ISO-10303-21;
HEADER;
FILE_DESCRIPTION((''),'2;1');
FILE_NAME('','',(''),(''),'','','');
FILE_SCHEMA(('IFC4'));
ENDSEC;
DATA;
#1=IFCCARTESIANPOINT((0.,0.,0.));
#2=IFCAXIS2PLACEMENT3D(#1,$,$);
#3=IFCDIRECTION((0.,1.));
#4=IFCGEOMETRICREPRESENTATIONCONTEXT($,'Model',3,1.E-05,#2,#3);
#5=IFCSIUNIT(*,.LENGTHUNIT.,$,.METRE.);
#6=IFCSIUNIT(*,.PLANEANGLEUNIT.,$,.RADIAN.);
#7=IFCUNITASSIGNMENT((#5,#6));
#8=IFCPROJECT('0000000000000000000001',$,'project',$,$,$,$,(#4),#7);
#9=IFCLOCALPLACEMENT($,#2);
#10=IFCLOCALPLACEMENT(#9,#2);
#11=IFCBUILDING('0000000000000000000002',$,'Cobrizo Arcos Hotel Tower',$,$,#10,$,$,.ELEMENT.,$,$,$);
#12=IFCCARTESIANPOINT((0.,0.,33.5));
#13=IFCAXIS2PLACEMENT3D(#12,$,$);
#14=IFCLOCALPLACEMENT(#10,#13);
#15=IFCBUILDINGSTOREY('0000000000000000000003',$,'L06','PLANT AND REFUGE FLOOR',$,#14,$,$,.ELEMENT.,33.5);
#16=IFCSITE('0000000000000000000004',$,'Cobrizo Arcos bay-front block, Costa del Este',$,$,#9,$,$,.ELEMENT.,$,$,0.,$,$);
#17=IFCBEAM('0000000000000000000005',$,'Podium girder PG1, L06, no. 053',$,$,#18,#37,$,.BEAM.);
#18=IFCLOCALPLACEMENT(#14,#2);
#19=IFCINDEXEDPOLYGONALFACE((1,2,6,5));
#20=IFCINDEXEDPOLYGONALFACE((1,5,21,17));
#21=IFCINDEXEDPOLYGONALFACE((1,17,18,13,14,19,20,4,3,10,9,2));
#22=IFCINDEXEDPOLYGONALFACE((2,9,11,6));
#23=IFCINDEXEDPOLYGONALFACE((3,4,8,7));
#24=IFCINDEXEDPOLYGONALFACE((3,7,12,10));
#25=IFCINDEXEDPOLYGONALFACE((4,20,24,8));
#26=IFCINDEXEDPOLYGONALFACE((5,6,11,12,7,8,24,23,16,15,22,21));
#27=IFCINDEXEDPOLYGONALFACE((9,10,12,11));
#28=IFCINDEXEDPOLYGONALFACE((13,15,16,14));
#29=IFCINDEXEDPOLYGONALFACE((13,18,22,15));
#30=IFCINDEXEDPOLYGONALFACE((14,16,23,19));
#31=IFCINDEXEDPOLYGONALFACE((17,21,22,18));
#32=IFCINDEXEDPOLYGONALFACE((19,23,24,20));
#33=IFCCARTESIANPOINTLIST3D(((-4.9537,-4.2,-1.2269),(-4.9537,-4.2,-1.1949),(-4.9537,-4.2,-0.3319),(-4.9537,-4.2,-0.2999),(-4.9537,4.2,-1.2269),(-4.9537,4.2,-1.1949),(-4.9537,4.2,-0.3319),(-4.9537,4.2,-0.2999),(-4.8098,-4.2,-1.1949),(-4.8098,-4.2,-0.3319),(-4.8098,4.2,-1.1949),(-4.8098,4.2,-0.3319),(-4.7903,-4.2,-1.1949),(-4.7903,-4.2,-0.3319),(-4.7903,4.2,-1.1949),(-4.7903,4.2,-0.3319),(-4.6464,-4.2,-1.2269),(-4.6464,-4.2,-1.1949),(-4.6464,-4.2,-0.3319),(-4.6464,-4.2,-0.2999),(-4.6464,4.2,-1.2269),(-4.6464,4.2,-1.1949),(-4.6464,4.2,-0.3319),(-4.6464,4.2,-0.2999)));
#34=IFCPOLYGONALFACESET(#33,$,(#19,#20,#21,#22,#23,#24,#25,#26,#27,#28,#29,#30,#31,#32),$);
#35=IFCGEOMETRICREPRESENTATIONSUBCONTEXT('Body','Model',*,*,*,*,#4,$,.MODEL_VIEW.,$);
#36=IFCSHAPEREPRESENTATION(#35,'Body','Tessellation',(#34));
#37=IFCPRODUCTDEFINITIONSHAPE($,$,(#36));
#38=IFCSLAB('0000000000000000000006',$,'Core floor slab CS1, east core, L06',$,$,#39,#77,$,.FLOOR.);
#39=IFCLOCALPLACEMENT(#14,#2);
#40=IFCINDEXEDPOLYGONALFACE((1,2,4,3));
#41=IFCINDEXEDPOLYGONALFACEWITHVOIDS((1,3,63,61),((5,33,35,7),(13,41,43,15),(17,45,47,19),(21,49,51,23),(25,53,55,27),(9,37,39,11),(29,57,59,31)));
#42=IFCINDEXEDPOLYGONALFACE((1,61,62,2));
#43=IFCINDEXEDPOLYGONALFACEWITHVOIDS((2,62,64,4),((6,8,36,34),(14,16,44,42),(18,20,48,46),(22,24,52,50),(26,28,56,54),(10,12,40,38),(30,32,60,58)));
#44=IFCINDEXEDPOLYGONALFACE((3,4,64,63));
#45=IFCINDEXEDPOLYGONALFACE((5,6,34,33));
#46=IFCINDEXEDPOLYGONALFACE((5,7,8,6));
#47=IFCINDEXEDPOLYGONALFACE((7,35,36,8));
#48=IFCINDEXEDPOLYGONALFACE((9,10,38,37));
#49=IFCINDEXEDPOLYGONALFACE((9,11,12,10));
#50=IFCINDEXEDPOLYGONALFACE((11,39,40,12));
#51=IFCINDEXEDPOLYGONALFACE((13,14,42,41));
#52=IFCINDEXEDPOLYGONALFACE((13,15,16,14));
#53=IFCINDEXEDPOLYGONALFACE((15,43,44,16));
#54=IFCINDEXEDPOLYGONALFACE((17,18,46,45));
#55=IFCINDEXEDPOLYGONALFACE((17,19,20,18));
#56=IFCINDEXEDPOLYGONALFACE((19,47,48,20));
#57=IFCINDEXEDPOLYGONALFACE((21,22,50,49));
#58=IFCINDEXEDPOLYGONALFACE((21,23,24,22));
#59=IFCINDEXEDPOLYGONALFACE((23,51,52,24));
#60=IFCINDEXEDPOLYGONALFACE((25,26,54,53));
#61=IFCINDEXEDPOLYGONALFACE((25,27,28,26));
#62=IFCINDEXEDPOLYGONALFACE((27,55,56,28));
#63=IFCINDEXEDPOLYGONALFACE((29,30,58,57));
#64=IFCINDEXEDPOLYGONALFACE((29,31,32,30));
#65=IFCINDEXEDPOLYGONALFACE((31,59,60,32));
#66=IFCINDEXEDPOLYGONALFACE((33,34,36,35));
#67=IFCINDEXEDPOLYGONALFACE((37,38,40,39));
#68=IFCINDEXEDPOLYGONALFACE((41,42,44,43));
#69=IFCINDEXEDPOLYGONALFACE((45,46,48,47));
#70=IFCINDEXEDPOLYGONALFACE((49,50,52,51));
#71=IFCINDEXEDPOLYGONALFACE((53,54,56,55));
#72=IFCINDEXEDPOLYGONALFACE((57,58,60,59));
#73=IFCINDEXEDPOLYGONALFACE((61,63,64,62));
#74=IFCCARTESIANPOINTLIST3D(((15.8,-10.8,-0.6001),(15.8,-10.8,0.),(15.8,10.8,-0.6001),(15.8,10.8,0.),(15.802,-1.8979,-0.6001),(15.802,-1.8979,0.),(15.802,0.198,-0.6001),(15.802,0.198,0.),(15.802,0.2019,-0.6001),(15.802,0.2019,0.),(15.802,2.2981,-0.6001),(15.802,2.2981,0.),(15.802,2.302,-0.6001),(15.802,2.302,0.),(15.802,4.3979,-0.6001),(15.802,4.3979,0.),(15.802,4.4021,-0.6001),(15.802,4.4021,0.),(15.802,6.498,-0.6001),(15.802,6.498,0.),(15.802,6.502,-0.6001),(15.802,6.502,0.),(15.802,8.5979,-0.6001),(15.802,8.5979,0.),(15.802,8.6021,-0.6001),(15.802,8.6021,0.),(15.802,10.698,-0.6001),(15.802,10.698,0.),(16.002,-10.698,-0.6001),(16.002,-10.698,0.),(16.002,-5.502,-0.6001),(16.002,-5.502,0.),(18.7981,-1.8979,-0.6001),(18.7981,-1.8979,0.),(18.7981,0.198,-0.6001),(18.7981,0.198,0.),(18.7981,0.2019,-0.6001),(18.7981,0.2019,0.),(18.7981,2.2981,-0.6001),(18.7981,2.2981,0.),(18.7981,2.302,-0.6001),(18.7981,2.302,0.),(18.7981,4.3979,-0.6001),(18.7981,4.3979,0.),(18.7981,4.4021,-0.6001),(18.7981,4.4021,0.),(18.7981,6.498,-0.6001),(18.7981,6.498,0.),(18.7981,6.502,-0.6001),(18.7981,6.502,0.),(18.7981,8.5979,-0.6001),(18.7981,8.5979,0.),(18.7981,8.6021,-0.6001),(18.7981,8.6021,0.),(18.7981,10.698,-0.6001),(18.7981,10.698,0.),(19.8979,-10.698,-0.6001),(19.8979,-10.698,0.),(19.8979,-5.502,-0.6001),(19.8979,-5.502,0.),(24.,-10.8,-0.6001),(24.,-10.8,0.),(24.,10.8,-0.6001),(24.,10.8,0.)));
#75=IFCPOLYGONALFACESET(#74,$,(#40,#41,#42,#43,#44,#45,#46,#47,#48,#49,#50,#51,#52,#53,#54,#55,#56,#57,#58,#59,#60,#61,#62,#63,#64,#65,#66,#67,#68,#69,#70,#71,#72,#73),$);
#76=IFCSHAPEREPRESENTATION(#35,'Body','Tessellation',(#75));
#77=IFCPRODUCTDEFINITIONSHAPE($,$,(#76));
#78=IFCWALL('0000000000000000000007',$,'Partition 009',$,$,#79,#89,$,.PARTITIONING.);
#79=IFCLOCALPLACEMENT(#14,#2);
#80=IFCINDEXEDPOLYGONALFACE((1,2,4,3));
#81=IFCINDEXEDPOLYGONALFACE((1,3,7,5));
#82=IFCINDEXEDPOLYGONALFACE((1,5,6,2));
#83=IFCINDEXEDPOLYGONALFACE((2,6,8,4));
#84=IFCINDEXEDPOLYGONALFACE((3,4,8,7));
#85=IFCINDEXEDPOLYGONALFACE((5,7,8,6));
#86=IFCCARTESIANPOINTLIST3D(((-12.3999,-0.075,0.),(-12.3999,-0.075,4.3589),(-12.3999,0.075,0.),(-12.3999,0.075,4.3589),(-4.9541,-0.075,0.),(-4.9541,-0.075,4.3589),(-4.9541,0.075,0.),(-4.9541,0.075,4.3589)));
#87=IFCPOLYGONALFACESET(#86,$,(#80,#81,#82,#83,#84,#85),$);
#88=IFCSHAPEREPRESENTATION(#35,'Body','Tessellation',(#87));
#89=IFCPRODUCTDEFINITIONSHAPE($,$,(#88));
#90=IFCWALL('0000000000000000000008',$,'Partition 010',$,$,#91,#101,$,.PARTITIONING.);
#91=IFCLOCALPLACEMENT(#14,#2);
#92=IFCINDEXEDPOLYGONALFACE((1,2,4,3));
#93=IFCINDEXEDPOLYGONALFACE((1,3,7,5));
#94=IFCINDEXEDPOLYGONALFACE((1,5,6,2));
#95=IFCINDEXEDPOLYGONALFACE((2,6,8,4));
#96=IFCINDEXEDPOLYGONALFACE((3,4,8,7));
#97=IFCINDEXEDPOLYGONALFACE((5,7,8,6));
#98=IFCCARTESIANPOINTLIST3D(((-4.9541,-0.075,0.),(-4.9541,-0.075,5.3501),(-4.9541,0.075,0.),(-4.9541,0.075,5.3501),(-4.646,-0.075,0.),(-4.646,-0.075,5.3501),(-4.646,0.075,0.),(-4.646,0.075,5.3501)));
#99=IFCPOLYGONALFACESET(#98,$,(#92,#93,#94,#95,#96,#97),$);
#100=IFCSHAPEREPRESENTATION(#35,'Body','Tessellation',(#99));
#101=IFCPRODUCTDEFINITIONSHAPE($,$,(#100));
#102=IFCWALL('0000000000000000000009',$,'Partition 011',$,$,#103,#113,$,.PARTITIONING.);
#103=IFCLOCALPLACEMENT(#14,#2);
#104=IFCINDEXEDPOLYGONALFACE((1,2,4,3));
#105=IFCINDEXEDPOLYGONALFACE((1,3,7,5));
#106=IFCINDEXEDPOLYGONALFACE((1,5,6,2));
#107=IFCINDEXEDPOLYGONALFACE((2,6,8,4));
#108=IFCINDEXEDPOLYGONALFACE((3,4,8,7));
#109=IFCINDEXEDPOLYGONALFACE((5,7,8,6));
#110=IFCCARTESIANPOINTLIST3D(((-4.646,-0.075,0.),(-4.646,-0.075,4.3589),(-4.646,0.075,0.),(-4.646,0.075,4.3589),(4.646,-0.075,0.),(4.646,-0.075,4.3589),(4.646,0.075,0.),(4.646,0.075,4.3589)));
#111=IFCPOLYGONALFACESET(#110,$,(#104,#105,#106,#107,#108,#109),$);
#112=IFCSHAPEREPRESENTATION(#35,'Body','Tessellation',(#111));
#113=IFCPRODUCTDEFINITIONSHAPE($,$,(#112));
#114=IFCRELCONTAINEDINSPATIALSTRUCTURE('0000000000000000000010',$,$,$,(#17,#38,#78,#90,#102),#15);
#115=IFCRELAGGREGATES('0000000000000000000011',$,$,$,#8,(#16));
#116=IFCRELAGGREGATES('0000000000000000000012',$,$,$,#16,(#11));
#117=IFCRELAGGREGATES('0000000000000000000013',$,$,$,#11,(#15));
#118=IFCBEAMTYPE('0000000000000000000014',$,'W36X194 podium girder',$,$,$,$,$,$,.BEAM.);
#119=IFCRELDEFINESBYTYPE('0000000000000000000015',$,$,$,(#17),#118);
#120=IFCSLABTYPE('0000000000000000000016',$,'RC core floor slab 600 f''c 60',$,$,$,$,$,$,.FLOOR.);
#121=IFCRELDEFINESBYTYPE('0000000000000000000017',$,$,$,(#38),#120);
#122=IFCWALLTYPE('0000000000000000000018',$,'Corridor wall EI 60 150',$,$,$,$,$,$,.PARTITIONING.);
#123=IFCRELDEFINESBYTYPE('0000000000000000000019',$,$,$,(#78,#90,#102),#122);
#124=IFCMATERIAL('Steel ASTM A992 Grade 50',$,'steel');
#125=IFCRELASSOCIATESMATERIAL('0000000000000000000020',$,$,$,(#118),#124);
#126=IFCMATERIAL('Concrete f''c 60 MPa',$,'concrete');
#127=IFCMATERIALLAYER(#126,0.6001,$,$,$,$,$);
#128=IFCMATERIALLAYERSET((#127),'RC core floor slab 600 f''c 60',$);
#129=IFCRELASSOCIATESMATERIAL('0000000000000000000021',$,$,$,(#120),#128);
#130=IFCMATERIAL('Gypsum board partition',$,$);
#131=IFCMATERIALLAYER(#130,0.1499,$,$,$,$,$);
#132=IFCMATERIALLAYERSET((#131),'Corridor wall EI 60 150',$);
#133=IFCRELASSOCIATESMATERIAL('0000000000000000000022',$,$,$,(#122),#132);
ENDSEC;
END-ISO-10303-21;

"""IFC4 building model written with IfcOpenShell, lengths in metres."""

from ifc_helpers import new_model, si_unit, direction, frame, frame_2d, origin, origin_2d, place, context, subcontext, project, spatial, polyline, rectangle, i_section, outline, extrude, material, layer, layer_set, material_profile, profile_set, type_object, element, save


model = new_model("IFC4")

# Units and contexts
model_context = context("Model", 3, precision=1e-05, world=origin(), true_north=direction((0.0, 1.0)))
body_context = subcontext(model_context, "Body", "Model", "MODEL_VIEW")
ifc_project = project(units=[si_unit("LENGTHUNIT", "METRE"), si_unit("PLANEANGLEUNIT", "RADIAN")], contexts=[model_context])

# Site, building, storey
site_placement = place(None, origin())
site = spatial("IfcSite", under=ifc_project, at=site_placement, Name="Cobrizo Arcos bay-front block, Costa del Este", CompositionType="ELEMENT", RefElevation=0.0)
building_placement = place(site_placement, origin())
building = spatial("IfcBuilding", under=site, at=building_placement, Name="Cobrizo Arcos Hotel Tower", CompositionType="ELEMENT")
storey_placement = place(building_placement, frame((0.0, 0.0, 33.5)))
storey = spatial("IfcBuildingStorey", under=building, at=storey_placement, Name="L06", Description="PLANT AND REFUGE FLOOR", CompositionType="ELEMENT", Elevation=33.5)

# Beam
ifc_material_1 = material(Name="Steel ASTM A992 Grade 50", Category="steel")
ifc_material_profile_1 = material_profile(ifc_material_1, i_section(OverallWidth=0.3074, OverallDepth=0.927, WebThickness=0.0195, FlangeThickness=0.032, at=origin_2d()), Name="W36X194")
ifc_profile_set_1 = profile_set([ifc_material_profile_1], Name="Steel ASTM A992 Grade 50")
beam_type_1 = type_object("IfcBeamType", Name="W36X194 podium girder", PredefinedType="BEAM", material=ifc_profile_set_1)
beam_1_placement = place(storey_placement, frame((-4.8, -4.2, -0.7634), z_axis=(0.0, 1.0, 0.0), x_axis=(-1.0, 0.0, 0.0)))
element("IfcBeam", 1, at=beam_1_placement, inside=storey, type_object=beam_type_1, Name="Podium girder PG1, L06, no. 053", PredefinedType="BEAM", context=body_context, shape_type="SweptSolid", body=[
    extrude(i_section(OverallWidth=0.3074, OverallDepth=0.927, WebThickness=0.0195, FlangeThickness=0.032, at=origin_2d()), origin(), (0.0, 0.0, 1.0), 8.3999),
])

# Slab
ifc_material_2 = material(Name="Concrete f'c 60 MPa", Category="concrete")
ifc_layer_1 = layer(ifc_material_2, 0.6001)
ifc_layer_set_1 = layer_set([ifc_layer_1], Name="RC core floor slab 600 f'c 60")
slab_type = type_object("IfcSlabType", Name="RC core floor slab 600 f'c 60", PredefinedType="FLOOR", material=ifc_layer_set_1)
slab_placement = place(storey_placement, frame((0.0, 0.0, -0.6001)))
element("IfcSlab", 2, at=slab_placement, inside=storey, type_object=slab_type, Name="Core floor slab CS1, east core, L06", PredefinedType="FLOOR", context=body_context, shape_type="SweptSolid", body=[
    extrude(outline(polyline([(15.8, 10.8), (24.0, 10.8), (24.0, -10.8), (15.8, -10.8), (15.8, 10.8)]), holes=[polyline([(19.8979, -10.698), (19.8979, -5.502), (16.002, -5.502), (16.002, -10.698), (19.8979, -10.698)]), polyline([(15.802, 0.198), (15.802, -1.8979), (18.7981, -1.8979), (18.7981, 0.198), (15.802, 0.198)]), polyline([(18.7981, 2.2981), (15.802, 2.2981), (15.802, 0.2019), (18.7981, 0.2019), (18.7981, 2.2981)]), polyline([(18.7981, 4.3979), (15.802, 4.3979), (15.802, 2.302), (18.7981, 2.302), (18.7981, 4.3979)]), polyline([(15.802, 6.498), (15.802, 4.4021), (18.7981, 4.4021), (18.7981, 6.498), (15.802, 6.498)]), polyline([(18.7981, 8.5979), (15.802, 8.5979), (15.802, 6.502), (18.7981, 6.502), (18.7981, 8.5979)]), polyline([(18.7981, 10.698), (15.802, 10.698), (15.802, 8.6021), (18.7981, 8.6021), (18.7981, 10.698)])]), origin(), (0.0, 0.0, 1.0), 0.6001),
])

# Walls
ifc_material_3 = material(Name="Gypsum board partition")
ifc_layer_2 = layer(ifc_material_3, 0.1499)
ifc_layer_set_2 = layer_set([ifc_layer_2], Name="Corridor wall EI 60 150")
wall_type = type_object("IfcWallType", Name="Corridor wall EI 60 150", PredefinedType="PARTITIONING", material=ifc_layer_set_2)
wall_1_placement = place(storey_placement, frame((-12.3999, 0.0, 0.0), z_axis=(0.0, 0.0, 1.0), x_axis=(1.0, 0.0, 0.0)))
element("IfcWall", 3, at=wall_1_placement, inside=storey, type_object=wall_type, Name="Partition 009", PredefinedType="PARTITIONING", context=body_context, shape_type="SweptSolid", body=[
    extrude(rectangle(XDim=7.4458, YDim=0.1499, at=frame_2d((3.7229, 0.0))), origin(), (0.0, 0.0, 1.0), 4.3589),
])
wall_2_placement = place(storey_placement, frame((-4.9541, 0.0, 0.0), z_axis=(0.0, 0.0, 1.0), x_axis=(1.0, 0.0, 0.0)))
element("IfcWall", 4, at=wall_2_placement, inside=storey, type_object=wall_type, Name="Partition 010", PredefinedType="PARTITIONING", context=body_context, shape_type="SweptSolid", body=[
    extrude(rectangle(XDim=0.3081, YDim=0.1499, at=frame_2d((0.1541, 0.0))), origin(), (0.0, 0.0, 1.0), 5.3501),
])
wall_3_placement = place(storey_placement, frame((-4.646, 0.0, 0.0), z_axis=(0.0, 0.0, 1.0), x_axis=(1.0, 0.0, 0.0)))
element("IfcWall", 5, at=wall_3_placement, inside=storey, type_object=wall_type, Name="Partition 011", PredefinedType="PARTITIONING", context=body_context, shape_type="SweptSolid", body=[
    extrude(rectangle(XDim=9.292, YDim=0.1499, at=frame_2d((4.646, 0.0))), origin(), (0.0, 0.0, 1.0), 4.3589),
])

save(model, "model.ifc")
